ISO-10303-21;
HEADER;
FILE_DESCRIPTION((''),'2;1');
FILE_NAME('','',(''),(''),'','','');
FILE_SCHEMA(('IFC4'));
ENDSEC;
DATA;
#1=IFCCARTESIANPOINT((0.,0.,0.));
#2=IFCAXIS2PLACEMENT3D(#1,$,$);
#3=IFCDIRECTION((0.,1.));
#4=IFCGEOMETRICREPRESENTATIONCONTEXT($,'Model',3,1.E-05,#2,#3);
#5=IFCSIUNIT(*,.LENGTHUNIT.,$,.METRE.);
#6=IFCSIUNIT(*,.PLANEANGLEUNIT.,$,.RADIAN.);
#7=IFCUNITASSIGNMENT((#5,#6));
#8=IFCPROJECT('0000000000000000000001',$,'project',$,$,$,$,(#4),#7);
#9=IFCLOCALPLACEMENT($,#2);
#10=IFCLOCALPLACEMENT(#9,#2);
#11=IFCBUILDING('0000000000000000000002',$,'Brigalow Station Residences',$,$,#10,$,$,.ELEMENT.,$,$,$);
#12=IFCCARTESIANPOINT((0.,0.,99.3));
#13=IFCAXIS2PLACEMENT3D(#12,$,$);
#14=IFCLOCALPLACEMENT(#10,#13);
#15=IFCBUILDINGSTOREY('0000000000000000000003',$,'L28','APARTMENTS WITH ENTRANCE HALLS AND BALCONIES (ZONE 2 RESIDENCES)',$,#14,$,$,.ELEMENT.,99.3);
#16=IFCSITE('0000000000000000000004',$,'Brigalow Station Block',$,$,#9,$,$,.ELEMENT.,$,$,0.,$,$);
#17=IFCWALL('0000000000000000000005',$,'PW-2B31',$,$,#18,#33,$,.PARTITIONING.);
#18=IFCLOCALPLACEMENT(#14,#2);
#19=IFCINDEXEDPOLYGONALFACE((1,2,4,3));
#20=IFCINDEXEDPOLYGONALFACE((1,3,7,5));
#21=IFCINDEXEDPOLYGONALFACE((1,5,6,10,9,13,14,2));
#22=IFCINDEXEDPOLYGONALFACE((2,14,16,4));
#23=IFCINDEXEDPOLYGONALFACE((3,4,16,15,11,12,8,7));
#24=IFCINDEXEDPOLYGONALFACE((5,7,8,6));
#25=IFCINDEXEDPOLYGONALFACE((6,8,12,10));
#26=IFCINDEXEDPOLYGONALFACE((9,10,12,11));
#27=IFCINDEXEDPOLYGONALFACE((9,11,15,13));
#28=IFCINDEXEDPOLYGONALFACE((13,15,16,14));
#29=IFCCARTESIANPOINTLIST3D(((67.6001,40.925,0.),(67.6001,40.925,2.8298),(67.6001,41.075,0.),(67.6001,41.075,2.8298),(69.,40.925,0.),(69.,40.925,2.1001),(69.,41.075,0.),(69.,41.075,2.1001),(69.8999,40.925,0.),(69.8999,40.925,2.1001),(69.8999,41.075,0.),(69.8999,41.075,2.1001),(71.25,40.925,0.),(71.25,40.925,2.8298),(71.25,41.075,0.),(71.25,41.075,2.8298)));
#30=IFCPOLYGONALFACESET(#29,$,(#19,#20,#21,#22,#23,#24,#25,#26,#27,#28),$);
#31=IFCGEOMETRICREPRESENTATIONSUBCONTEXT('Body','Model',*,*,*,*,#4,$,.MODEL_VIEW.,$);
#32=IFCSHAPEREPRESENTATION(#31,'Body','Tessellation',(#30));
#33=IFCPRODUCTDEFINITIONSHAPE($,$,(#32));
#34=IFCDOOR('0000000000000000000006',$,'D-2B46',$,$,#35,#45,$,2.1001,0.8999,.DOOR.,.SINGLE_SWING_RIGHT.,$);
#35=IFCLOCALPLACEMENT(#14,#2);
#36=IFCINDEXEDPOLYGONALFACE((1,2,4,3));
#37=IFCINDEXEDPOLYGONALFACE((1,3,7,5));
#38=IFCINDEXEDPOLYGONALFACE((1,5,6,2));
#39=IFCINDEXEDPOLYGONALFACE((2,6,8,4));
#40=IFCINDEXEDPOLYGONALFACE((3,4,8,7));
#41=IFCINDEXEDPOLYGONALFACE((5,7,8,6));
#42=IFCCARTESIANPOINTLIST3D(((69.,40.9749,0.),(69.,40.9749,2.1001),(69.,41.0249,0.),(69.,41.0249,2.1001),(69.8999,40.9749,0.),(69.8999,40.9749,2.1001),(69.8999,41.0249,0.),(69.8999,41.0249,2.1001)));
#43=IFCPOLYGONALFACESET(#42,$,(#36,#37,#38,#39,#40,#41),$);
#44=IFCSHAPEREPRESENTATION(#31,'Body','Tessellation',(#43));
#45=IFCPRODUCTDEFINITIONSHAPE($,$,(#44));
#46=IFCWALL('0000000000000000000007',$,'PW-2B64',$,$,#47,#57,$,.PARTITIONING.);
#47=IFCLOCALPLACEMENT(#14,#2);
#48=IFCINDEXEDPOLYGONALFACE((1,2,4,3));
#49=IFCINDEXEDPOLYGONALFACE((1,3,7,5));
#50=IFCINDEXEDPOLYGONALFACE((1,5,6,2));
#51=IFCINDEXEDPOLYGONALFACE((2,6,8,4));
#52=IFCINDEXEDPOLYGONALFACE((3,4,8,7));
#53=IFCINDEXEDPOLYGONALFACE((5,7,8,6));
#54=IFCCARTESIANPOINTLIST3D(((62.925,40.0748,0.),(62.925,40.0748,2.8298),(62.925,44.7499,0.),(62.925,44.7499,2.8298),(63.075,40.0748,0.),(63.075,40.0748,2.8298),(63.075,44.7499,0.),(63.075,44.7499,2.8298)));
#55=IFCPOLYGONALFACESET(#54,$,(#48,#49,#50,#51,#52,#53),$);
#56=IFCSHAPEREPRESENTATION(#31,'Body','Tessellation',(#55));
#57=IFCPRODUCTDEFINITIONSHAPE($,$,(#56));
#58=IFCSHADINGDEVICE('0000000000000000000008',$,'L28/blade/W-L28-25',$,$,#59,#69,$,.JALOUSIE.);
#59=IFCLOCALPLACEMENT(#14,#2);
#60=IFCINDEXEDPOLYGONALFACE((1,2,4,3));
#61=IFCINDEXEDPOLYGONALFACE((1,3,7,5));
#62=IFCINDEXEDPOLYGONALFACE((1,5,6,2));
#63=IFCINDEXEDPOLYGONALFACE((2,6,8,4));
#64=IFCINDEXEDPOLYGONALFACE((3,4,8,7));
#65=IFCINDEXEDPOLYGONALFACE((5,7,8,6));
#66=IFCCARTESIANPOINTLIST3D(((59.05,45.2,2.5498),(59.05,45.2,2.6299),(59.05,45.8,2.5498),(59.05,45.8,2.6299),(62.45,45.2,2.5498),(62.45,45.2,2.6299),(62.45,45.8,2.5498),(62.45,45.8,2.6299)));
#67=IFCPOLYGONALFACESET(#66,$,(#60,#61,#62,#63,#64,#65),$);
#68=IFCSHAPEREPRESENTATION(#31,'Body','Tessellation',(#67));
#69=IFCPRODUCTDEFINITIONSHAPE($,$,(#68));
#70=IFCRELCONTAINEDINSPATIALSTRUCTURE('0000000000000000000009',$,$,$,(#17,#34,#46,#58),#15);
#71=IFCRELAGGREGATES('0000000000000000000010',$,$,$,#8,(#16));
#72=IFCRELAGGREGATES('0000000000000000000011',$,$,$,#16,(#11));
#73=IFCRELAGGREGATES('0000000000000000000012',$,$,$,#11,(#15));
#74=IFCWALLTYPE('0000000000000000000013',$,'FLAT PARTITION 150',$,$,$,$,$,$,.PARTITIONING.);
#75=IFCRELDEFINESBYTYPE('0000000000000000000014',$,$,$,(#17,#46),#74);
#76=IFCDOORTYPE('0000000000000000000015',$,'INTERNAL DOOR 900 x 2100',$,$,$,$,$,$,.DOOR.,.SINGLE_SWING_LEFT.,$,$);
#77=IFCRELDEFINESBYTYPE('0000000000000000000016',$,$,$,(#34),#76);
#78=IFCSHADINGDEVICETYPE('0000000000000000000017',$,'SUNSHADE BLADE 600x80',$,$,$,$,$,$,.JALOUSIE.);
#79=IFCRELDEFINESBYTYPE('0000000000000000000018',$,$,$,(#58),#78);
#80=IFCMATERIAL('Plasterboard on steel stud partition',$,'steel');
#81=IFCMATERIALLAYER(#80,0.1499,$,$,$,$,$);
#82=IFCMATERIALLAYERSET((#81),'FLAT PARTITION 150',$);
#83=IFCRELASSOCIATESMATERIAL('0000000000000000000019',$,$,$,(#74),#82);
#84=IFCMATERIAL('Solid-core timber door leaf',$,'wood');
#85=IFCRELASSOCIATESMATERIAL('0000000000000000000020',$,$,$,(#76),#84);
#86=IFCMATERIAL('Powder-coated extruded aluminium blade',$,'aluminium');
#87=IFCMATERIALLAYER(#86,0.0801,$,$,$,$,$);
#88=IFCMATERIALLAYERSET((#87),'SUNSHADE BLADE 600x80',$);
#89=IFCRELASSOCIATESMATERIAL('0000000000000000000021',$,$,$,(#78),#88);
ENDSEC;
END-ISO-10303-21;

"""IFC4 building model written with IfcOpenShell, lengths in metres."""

from ifc_helpers import new_model, si_unit, direction, frame, frame_2d, origin, origin_2d, place, context, subcontext, project, spatial, rectangle, extrude, material, layer, layer_set, type_object, element, fill, save


model = new_model("IFC4")

# Units and contexts
model_context = context("Model", 3, precision=1e-05, world=origin(), true_north=direction((0.0, 1.0)))
body_context = subcontext(model_context, "Body", "Model", "MODEL_VIEW")
ifc_project = project(units=[si_unit("LENGTHUNIT", "METRE"), si_unit("PLANEANGLEUNIT", "RADIAN")], contexts=[model_context])

# Site, building, storey
site_placement = place(None, origin())
site = spatial("IfcSite", under=ifc_project, at=site_placement, Name="Brigalow Station Block", CompositionType="ELEMENT", RefElevation=0.0)
building_placement = place(site_placement, origin())
building = spatial("IfcBuilding", under=site, at=building_placement, Name="Brigalow Station Residences", CompositionType="ELEMENT")
storey_placement = place(building_placement, frame((0.0, 0.0, 99.3)))
storey = spatial("IfcBuildingStorey", under=building, at=storey_placement, Name="L28", Description="APARTMENTS WITH ENTRANCE HALLS AND BALCONIES (ZONE 2 RESIDENCES)", CompositionType="ELEMENT", Elevation=99.3)

# Wall, opening, door
ifc_material_1 = material(Name="Plasterboard on steel stud partition", Category="steel")
ifc_layer_1 = layer(ifc_material_1, 0.1499)
ifc_layer_set_1 = layer_set([ifc_layer_1], Name="FLAT PARTITION 150")
wall_type_1 = type_object("IfcWallType", Name="FLAT PARTITION 150", PredefinedType="PARTITIONING", material=ifc_layer_set_1)
wall_1_placement = place(storey_placement, frame((67.6001, 41.0, 0.0), z_axis=(0.0, 0.0, 1.0), x_axis=(1.0, 0.0, 0.0)))
wall_1 = element("IfcWall", 1, at=wall_1_placement, inside=storey, type_object=wall_type_1, Name="PW-2B31", PredefinedType="PARTITIONING", context=body_context, shape_type="SweptSolid", body=[
    extrude(rectangle(XDim=3.6499, YDim=0.1499, at=frame_2d((1.825, 0.0))), origin(), (0.0, 0.0, 1.0), 2.8298),
])
opening_1_placement = place(wall_1_placement, frame((1.3999, 0.0, 0.0)))
opening_1 = element("IfcOpeningElement", 2, at=opening_1_placement, cuts=wall_1, PredefinedType="OPENING", context=body_context, shape_type="SweptSolid", body=[
    extrude(rectangle(XDim=0.8999, YDim=2.1001, at=frame_2d((0.45, 1.05))), frame((0.0, 0.085, 0.0), z_axis=(0.0, -1.0, 0.0), x_axis=(1.0, 0.0, 0.0)), (0.0, 0.0, 1.0), 0.1699),
])
ifc_material_2 = material(Name="Solid-core timber door leaf", Category="wood")
door_type_1 = type_object("IfcDoorType", Name="INTERNAL DOOR 900 x 2100", OperationType="SINGLE_SWING_LEFT", PredefinedType="DOOR", material=ifc_material_2)
door_1_placement = place(opening_1_placement, origin())
door_1 = element("IfcDoor", 3, at=door_1_placement, inside=storey, type_object=door_type_1, Name="D-2B46", OperationType="SINGLE_SWING_RIGHT", OverallHeight=2.1001, OverallWidth=0.8999, PredefinedType="DOOR", context=body_context, shape_type="SweptSolid", body=[
    extrude(rectangle(XDim=0.8999, YDim=2.1001, at=frame_2d((0.45, 1.05))), frame((0.0, 0.0249, 0.0), z_axis=(0.0, -1.0, 0.0), x_axis=(1.0, 0.0, 0.0)), (0.0, 0.0, 1.0), 0.05),
])
fill(opening_1, door_1)

# Wall
wall_2_placement = place(storey_placement, frame((63.0, 40.075, 0.0), z_axis=(0.0, 0.0, 1.0), x_axis=(0.0, 1.0, 0.0)))
element("IfcWall", 4, at=wall_2_placement, inside=storey, type_object=wall_type_1, Name="PW-2B64", PredefinedType="PARTITIONING", context=body_context, shape_type="SweptSolid", body=[
    extrude(rectangle(XDim=4.675, YDim=0.1499, at=frame_2d((2.3374, 0.0))), origin(), (0.0, 0.0, 1.0), 2.8298),
])

# Shading device
ifc_material_3 = material(Name="Powder-coated extruded aluminium blade", Category="aluminium")
ifc_layer_2 = layer(ifc_material_3, 0.0801)
ifc_layer_set_2 = layer_set([ifc_layer_2], Name="SUNSHADE BLADE 600x80")
shading_device_type = type_object("IfcShadingDeviceType", Name="SUNSHADE BLADE 600x80", PredefinedType="JALOUSIE", material=ifc_layer_set_2)
shading_device_placement = place(storey_placement, frame((60.75, 45.5, 2.5498), z_axis=(0.0, 0.0, 1.0), x_axis=(-1.0, 0.0, 0.0)))
element("IfcShadingDevice", 5, at=shading_device_placement, inside=storey, type_object=shading_device_type, Name="L28/blade/W-L28-25", PredefinedType="JALOUSIE", context=body_context, shape_type="SweptSolid", body=[
    extrude(rectangle(XDim=3.3999, YDim=0.6001, at=origin_2d()), origin(), (0.0, 0.0, 1.0), 0.0801),
])

save(model, "model.ifc")
